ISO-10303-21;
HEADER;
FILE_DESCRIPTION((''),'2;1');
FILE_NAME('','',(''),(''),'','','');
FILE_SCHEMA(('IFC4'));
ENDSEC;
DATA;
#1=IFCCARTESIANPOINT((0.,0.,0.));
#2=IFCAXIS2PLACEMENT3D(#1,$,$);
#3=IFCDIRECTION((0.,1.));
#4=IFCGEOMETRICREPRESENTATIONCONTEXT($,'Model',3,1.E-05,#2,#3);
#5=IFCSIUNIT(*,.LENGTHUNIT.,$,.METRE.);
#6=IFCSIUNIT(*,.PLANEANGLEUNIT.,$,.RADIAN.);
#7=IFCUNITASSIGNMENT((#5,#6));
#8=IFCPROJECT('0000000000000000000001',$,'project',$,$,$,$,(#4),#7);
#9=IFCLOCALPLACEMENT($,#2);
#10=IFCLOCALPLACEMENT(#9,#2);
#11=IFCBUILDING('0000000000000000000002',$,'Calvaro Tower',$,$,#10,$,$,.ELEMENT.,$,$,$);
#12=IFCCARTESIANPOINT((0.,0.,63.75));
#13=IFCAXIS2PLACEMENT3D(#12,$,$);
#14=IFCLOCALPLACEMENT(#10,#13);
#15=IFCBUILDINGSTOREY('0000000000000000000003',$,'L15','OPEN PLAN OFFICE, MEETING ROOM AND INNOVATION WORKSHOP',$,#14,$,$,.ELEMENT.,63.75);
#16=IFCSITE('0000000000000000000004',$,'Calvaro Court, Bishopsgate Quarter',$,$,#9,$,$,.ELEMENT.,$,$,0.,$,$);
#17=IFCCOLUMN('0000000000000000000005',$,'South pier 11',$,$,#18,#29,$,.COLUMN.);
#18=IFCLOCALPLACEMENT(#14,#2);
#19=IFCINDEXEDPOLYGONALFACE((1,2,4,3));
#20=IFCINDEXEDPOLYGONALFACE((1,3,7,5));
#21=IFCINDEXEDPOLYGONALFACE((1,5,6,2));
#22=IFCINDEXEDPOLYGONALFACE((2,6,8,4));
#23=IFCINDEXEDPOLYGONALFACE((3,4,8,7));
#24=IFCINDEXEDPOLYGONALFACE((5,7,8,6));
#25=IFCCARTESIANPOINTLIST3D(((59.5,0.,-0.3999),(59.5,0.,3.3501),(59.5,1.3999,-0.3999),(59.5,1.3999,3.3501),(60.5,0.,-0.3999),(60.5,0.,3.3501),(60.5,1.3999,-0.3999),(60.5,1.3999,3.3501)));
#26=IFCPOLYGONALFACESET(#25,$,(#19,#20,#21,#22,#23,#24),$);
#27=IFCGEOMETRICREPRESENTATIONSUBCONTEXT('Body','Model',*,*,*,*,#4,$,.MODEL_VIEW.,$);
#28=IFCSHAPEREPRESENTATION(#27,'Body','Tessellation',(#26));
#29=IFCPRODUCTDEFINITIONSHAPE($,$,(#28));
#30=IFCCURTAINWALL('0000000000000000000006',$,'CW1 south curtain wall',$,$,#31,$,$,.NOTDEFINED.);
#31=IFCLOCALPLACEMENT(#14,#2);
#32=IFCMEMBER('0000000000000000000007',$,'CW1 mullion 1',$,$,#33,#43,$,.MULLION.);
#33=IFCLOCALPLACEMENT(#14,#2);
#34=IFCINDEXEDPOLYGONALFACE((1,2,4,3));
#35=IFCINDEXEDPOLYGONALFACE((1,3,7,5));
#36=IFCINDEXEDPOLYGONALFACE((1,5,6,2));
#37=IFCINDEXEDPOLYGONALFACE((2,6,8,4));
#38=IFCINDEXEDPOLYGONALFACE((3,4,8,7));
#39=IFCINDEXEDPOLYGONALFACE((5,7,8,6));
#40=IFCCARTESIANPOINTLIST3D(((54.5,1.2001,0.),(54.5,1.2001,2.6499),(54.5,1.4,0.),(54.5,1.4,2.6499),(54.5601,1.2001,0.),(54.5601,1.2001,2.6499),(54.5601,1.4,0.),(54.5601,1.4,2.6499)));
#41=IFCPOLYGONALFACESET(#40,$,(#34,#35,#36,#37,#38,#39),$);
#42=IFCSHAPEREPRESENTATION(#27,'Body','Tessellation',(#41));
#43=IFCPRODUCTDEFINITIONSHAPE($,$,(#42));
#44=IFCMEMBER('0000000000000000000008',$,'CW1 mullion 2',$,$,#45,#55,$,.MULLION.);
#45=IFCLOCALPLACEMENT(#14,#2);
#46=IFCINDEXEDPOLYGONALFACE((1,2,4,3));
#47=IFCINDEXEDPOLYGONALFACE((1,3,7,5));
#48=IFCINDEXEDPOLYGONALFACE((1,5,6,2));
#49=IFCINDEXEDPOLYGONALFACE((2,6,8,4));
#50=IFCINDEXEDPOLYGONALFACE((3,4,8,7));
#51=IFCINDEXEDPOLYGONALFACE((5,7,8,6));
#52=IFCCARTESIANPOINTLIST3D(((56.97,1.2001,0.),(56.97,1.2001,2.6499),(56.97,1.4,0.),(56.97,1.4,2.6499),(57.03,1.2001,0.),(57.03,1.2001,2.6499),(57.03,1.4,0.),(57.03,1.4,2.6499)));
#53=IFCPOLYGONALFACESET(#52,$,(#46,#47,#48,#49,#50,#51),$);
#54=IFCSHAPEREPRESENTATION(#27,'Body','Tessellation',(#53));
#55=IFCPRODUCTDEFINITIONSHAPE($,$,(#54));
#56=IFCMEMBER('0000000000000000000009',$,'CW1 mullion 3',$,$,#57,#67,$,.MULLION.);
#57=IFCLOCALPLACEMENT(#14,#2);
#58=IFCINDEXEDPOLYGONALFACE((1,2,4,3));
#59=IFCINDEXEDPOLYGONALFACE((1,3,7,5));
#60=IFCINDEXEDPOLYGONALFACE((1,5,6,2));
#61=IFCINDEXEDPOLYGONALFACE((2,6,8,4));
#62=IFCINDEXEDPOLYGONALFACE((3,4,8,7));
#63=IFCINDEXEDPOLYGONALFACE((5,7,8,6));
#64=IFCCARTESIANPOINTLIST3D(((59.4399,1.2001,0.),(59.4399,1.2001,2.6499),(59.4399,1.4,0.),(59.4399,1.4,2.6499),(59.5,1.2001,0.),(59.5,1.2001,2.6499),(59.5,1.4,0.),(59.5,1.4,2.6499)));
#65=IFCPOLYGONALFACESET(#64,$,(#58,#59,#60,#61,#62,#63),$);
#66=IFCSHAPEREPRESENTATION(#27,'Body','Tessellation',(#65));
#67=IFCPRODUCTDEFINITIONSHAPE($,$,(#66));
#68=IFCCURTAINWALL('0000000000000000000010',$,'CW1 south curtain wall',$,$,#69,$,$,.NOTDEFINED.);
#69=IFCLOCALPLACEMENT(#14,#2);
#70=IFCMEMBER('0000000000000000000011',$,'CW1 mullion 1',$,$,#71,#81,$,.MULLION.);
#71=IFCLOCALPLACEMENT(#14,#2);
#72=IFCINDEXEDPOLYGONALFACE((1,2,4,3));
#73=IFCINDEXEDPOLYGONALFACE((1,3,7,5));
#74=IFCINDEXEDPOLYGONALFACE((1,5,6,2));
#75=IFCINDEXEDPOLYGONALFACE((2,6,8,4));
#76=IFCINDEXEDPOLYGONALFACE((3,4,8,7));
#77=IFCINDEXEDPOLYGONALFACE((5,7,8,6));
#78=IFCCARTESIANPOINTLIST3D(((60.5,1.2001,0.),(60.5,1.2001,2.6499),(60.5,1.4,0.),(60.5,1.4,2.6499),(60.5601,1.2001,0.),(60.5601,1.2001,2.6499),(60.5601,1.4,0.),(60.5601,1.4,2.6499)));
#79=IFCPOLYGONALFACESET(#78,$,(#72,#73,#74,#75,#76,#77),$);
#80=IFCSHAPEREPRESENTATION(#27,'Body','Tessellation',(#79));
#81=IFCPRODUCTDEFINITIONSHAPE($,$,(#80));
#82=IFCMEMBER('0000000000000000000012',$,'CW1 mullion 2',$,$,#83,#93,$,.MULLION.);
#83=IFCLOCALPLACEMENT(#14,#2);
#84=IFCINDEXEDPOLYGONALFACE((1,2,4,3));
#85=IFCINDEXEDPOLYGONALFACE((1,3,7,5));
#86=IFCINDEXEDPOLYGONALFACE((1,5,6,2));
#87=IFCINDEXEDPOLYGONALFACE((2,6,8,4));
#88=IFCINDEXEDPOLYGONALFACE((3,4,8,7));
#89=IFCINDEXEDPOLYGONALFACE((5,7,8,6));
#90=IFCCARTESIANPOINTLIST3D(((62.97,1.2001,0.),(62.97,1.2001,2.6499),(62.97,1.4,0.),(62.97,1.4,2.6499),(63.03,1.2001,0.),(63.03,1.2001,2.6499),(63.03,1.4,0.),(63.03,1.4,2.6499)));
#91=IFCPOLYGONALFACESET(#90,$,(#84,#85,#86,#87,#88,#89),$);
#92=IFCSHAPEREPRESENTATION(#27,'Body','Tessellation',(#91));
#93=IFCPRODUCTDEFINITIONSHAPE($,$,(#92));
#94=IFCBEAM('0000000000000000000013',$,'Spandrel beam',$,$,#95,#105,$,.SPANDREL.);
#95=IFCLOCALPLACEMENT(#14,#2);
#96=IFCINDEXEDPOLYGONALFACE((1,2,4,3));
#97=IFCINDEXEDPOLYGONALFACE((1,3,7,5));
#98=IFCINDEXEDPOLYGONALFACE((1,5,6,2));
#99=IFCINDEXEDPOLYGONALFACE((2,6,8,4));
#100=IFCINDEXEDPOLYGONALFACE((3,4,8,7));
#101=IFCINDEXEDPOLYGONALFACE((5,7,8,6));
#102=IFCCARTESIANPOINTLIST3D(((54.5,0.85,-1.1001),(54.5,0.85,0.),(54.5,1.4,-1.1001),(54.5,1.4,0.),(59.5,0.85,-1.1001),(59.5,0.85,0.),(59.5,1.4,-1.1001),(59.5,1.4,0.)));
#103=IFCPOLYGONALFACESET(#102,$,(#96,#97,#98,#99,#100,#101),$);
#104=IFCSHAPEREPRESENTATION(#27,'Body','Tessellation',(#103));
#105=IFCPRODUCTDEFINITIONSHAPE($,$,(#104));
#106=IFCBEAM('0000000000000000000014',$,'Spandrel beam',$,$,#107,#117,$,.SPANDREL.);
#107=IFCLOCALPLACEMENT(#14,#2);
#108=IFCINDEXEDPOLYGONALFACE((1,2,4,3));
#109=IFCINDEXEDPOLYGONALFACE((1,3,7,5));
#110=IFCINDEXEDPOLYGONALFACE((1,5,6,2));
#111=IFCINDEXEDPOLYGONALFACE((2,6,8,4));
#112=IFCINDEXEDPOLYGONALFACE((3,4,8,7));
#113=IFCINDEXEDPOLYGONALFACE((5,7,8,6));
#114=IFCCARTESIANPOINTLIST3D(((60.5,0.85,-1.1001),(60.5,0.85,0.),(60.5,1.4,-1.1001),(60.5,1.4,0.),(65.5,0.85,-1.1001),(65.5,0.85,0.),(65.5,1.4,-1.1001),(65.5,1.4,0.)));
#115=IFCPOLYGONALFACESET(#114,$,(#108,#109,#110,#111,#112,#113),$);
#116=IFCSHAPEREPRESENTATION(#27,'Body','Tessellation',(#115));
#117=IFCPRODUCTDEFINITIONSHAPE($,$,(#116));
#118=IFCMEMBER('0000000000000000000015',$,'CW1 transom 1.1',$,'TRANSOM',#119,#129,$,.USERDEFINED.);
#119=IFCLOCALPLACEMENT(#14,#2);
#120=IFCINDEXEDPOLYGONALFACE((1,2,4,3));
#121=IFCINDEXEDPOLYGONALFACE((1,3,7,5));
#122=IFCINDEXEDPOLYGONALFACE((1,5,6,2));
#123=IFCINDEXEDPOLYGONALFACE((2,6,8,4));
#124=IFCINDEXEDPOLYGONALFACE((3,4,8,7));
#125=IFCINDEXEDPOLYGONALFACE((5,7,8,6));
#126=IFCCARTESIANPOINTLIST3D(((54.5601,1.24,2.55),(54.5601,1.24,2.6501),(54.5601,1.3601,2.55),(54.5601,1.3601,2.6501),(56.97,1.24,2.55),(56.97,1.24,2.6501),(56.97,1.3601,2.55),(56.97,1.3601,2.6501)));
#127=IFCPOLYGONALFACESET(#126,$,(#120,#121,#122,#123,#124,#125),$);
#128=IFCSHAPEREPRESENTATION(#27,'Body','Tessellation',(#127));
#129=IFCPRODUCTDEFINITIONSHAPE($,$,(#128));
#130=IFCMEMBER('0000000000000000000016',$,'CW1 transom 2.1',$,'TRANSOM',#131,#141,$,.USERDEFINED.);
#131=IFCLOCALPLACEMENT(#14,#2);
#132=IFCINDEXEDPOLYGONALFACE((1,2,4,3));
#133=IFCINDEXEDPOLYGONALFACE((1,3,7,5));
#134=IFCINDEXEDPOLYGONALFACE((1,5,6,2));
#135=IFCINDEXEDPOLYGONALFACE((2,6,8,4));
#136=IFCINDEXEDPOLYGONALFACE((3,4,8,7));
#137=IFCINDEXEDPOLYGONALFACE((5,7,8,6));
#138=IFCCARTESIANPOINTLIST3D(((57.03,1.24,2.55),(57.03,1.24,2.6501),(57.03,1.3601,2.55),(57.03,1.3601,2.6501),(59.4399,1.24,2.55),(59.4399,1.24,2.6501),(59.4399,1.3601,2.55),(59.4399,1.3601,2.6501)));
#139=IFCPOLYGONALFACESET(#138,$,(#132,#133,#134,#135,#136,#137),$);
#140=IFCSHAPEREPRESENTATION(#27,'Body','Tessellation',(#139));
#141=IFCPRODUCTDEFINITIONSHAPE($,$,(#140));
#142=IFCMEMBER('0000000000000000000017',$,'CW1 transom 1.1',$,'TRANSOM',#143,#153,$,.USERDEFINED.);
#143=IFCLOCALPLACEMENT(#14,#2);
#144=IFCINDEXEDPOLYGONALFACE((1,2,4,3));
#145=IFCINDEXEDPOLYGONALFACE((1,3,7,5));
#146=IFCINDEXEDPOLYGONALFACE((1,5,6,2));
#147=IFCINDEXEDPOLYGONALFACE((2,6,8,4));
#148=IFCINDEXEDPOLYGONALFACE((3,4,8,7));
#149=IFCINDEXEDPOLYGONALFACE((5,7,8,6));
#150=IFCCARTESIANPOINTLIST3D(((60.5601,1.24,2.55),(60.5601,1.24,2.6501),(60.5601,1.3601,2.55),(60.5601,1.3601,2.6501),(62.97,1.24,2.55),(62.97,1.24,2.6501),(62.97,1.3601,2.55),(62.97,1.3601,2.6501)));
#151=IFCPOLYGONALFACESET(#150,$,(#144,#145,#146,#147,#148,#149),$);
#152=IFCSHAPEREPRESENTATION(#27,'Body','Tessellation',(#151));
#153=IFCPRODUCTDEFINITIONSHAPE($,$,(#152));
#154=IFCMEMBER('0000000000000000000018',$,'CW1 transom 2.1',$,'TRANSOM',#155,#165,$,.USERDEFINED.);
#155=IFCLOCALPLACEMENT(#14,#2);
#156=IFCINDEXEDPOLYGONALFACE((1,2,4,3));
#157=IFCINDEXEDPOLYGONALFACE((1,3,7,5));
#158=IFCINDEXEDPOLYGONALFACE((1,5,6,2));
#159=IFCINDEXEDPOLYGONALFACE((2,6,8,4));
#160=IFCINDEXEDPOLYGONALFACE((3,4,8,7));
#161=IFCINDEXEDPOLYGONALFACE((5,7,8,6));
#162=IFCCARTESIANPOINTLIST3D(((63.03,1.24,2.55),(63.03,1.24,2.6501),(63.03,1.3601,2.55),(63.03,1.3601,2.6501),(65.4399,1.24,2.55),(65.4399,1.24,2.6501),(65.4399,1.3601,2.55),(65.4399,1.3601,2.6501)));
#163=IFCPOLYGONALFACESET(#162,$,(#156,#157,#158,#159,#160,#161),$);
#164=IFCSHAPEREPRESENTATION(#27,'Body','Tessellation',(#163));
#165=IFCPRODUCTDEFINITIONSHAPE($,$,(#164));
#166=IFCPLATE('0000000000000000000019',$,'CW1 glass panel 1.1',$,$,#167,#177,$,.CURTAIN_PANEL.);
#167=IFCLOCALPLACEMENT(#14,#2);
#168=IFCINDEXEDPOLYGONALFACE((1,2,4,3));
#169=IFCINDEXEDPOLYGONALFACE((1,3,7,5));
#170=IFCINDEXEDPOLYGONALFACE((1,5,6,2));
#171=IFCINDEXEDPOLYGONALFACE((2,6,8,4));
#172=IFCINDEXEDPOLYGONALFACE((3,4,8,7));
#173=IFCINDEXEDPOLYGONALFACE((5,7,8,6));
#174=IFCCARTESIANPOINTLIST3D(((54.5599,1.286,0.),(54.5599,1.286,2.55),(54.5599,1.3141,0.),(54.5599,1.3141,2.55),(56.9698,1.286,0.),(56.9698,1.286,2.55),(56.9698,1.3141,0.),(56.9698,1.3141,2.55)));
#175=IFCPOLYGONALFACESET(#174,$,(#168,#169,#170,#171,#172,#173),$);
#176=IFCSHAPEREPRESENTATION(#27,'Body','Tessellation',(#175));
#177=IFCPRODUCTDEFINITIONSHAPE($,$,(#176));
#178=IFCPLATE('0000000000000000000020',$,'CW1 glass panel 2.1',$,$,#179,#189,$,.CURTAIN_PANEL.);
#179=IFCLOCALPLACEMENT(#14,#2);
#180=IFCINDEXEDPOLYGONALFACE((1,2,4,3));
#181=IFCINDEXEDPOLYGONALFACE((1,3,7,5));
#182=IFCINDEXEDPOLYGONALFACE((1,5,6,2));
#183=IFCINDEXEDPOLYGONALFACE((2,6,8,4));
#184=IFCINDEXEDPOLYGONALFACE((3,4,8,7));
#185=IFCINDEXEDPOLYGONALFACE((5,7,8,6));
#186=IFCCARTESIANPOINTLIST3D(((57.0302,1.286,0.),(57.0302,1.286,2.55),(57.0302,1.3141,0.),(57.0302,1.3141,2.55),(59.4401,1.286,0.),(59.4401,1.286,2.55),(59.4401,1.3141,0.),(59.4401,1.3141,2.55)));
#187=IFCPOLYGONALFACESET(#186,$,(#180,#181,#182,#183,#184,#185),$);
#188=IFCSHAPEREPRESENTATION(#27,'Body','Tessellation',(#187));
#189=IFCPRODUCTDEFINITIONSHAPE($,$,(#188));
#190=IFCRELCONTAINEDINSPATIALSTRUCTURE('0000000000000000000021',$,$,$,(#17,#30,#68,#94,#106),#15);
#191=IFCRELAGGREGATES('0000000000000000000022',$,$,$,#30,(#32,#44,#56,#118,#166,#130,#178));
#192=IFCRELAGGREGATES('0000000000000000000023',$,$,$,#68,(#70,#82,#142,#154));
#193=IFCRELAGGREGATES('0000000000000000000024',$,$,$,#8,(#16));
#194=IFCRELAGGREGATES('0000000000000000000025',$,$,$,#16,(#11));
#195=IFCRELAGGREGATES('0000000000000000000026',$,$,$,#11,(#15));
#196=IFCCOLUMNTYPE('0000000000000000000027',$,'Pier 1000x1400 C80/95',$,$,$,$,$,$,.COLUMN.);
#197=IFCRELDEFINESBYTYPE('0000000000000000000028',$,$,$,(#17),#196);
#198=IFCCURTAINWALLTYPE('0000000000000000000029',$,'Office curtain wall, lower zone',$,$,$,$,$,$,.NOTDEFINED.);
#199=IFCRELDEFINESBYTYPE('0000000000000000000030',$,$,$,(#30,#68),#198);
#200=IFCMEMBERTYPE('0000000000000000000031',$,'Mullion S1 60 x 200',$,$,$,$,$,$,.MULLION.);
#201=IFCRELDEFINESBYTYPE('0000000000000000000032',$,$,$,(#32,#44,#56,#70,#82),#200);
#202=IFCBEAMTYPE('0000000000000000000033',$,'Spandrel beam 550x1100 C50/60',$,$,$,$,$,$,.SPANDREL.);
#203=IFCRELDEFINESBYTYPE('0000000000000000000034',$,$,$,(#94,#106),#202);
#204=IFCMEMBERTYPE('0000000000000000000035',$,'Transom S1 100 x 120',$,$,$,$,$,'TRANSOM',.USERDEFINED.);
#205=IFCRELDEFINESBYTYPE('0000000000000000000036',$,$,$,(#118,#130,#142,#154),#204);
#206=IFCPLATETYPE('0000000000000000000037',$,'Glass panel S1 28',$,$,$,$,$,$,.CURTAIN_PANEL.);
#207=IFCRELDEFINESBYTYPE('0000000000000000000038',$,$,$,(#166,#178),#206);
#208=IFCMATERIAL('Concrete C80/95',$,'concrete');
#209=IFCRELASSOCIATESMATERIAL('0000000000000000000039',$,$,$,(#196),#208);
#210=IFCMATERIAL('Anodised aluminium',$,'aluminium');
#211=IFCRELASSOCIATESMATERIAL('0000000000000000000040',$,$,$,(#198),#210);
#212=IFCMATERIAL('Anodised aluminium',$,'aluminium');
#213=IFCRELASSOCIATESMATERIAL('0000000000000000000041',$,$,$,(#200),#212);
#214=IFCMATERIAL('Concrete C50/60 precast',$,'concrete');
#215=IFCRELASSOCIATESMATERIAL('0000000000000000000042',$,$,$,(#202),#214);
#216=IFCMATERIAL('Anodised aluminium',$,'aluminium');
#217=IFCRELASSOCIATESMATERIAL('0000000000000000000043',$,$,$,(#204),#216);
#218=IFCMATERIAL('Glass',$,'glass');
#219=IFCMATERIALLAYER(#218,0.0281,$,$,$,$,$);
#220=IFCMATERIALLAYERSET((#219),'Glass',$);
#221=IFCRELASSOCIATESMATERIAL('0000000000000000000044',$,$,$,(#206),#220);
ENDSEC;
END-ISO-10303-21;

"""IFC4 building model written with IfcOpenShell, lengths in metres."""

from ifc_helpers import new_model, si_unit, direction, frame, origin, origin_2d, place, context, subcontext, project, spatial, rectangle, extrude, material, layer, layer_set, material_profile, profile_set, type_object, element, aggregate, save


model = new_model("IFC4")

# Units and contexts
model_context = context("Model", 3, precision=1e-05, world=origin(), true_north=direction((0.0, 1.0)))
body_context = subcontext(model_context, "Body", "Model", "MODEL_VIEW")
ifc_project = project(units=[si_unit("LENGTHUNIT", "METRE"), si_unit("PLANEANGLEUNIT", "RADIAN")], contexts=[model_context])

# Site, building, storey
site_placement = place(None, origin())
site = spatial("IfcSite", under=ifc_project, at=site_placement, Name="Calvaro Court, Bishopsgate Quarter", CompositionType="ELEMENT", RefElevation=0.0)
building_placement = place(site_placement, origin())
building = spatial("IfcBuilding", under=site, at=building_placement, Name="Calvaro Tower", CompositionType="ELEMENT")
storey_placement = place(building_placement, frame((0.0, 0.0, 63.75)))
storey = spatial("IfcBuildingStorey", under=building, at=storey_placement, Name="L15", Description="OPEN PLAN OFFICE, MEETING ROOM AND INNOVATION WORKSHOP", CompositionType="ELEMENT", Elevation=63.75)

# Column
ifc_material_1 = material(Name="Concrete C80/95", Category="concrete")
ifc_material_profile_1 = material_profile(ifc_material_1, rectangle(XDim=1.0, YDim=1.3999, at=origin_2d()), Name="RC 1000x1400")
ifc_profile_set_1 = profile_set([ifc_material_profile_1], Name="Concrete C80/95")
column_type = type_object("IfcColumnType", Name="Pier 1000x1400 C80/95", PredefinedType="COLUMN", material=ifc_profile_set_1)
column_placement = place(storey_placement, frame((60.0, 0.7, -0.3999), z_axis=(0.0, 0.0, 1.0), x_axis=(1.0, 0.0, 0.0)))
element("IfcColumn", 1, at=column_placement, inside=storey, type_object=column_type, Name="South pier 11", PredefinedType="COLUMN", context=body_context, shape_type="SweptSolid", body=[
    extrude(rectangle(XDim=1.0, YDim=1.3999, at=origin_2d()), origin(), (0.0, 0.0, 1.0), 3.75),
])

# Curtain walls, members
ifc_material_2 = material(Name="Anodised aluminium", Category="aluminium")
curtain_wall_type = type_object("IfcCurtainWallType", Name="Office curtain wall, lower zone", PredefinedType="NOTDEFINED", material=ifc_material_2)
curtain_wall_1_placement = place(storey_placement, origin())
curtain_wall_1 = element("IfcCurtainWall", 2, at=curtain_wall_1_placement, inside=storey, type_object=curtain_wall_type, Name="CW1 south curtain wall", PredefinedType="NOTDEFINED")
ifc_material_3 = material(Name="Anodised aluminium", Category="aluminium")
ifc_material_profile_2 = material_profile(ifc_material_3, rectangle(XDim=0.2, YDim=0.0601, at=origin_2d()), Name="Mullion S1 60 x 200")
ifc_profile_set_2 = profile_set([ifc_material_profile_2], Name="Anodised aluminium")
member_type_1 = type_object("IfcMemberType", Name="Mullion S1 60 x 200", PredefinedType="MULLION", material=ifc_profile_set_2)
member_1_placement = place(storey_placement, frame((54.53, 1.3, 0.0), z_axis=(0.0, 0.0, 1.0), x_axis=(0.0, 1.0, 0.0)))
member_1 = element("IfcMember", 3, at=member_1_placement, type_object=member_type_1, Name="CW1 mullion 1", PredefinedType="MULLION", context=body_context, shape_type="SweptSolid", body=[
    extrude(rectangle(XDim=0.2, YDim=0.0601, at=origin_2d()), origin(), (0.0, 0.0, 1.0), 2.6499),
])
member_2_placement = place(storey_placement, frame((57.0, 1.3, 0.0), z_axis=(0.0, 0.0, 1.0), x_axis=(0.0, 1.0, 0.0)))
member_2 = element("IfcMember", 4, at=member_2_placement, type_object=member_type_1, Name="CW1 mullion 2", PredefinedType="MULLION", context=body_context, shape_type="SweptSolid", body=[
    extrude(rectangle(XDim=0.2, YDim=0.0601, at=origin_2d()), origin(), (0.0, 0.0, 1.0), 2.6499),
])
member_3_placement = place(storey_placement, frame((59.47, 1.3, 0.0), z_axis=(0.0, 0.0, 1.0), x_axis=(0.0, 1.0, 0.0)))
member_3 = element("IfcMember", 5, at=member_3_placement, type_object=member_type_1, Name="CW1 mullion 3", PredefinedType="MULLION", context=body_context, shape_type="SweptSolid", body=[
    extrude(rectangle(XDim=0.2, YDim=0.0601, at=origin_2d()), origin(), (0.0, 0.0, 1.0), 2.6499),
])
curtain_wall_2_placement = place(storey_placement, origin())
curtain_wall_2 = element("IfcCurtainWall", 6, at=curtain_wall_2_placement, inside=storey, type_object=curtain_wall_type, Name="CW1 south curtain wall", PredefinedType="NOTDEFINED")
member_4_placement = place(storey_placement, frame((60.53, 1.3, 0.0), z_axis=(0.0, 0.0, 1.0), x_axis=(0.0, 1.0, 0.0)))
member_4 = element("IfcMember", 7, at=member_4_placement, type_object=member_type_1, Name="CW1 mullion 1", PredefinedType="MULLION", context=body_context, shape_type="SweptSolid", body=[
    extrude(rectangle(XDim=0.2, YDim=0.0601, at=origin_2d()), origin(), (0.0, 0.0, 1.0), 2.6499),
])
member_5_placement = place(storey_placement, frame((63.0, 1.3, 0.0), z_axis=(0.0, 0.0, 1.0), x_axis=(0.0, 1.0, 0.0)))
member_5 = element("IfcMember", 8, at=member_5_placement, type_object=member_type_1, Name="CW1 mullion 2", PredefinedType="MULLION", context=body_context, shape_type="SweptSolid", body=[
    extrude(rectangle(XDim=0.2, YDim=0.0601, at=origin_2d()), origin(), (0.0, 0.0, 1.0), 2.6499),
])

# Beams
ifc_material_4 = material(Name="Concrete C50/60 precast", Category="concrete")
ifc_material_profile_3 = material_profile(ifc_material_4, rectangle(XDim=0.55, YDim=1.1001, at=origin_2d()), Name="RC 550x1100")
ifc_profile_set_3 = profile_set([ifc_material_profile_3], Name="Concrete C50/60 precast")
beam_type = type_object("IfcBeamType", Name="Spandrel beam 550x1100 C50/60", PredefinedType="SPANDREL", material=ifc_profile_set_3)
for number, where, z_axis, x_axis, name in (
    (9, (54.5, 1.125, -0.55), (1.0, 0.0, 0.0), (0.0, 1.0, 0.0), "Spandrel beam"),
    (10, (60.5, 1.125, -0.55), (1.0, 0.0, 0.0), (0.0, 1.0, 0.0), "Spandrel beam"),
):
    element("IfcBeam", number, at=place(storey_placement, frame(where, z_axis=z_axis, x_axis=x_axis)), inside=storey, type_object=beam_type, Name=name, PredefinedType="SPANDREL", context=body_context, shape_type="SweptSolid", body=[
        extrude(rectangle(XDim=0.55, YDim=1.1001, at=origin_2d()), origin(), (0.0, 0.0, 1.0), 5.0),
    ])

# Members
ifc_material_5 = material(Name="Anodised aluminium", Category="aluminium")
ifc_material_profile_4 = material_profile(ifc_material_5, rectangle(XDim=0.1201, YDim=0.1001, at=origin_2d()), Name="Transom S1 100 x 120")
ifc_profile_set_4 = profile_set([ifc_material_profile_4], Name="Anodised aluminium")
member_type_2 = type_object("IfcMemberType", Name="Transom S1 100 x 120", ElementType="TRANSOM", PredefinedType="USERDEFINED", material=ifc_profile_set_4)
member_6_placement = place(storey_placement, frame((54.5601, 1.3, 2.6001), z_axis=(1.0, 0.0, 0.0), x_axis=(0.0, 1.0, 0.0)))
member_6 = element("IfcMember", 11, at=member_6_placement, type_object=member_type_2, Name="CW1 transom 1.1", ObjectType="TRANSOM", PredefinedType="USERDEFINED", context=body_context, shape_type="SweptSolid", body=[
    extrude(rectangle(XDim=0.1201, YDim=0.1001, at=origin_2d()), origin(), (0.0, 0.0, 1.0), 2.4099),
])
member_7_placement = place(storey_placement, frame((57.03, 1.3, 2.6001), z_axis=(1.0, 0.0, 0.0), x_axis=(0.0, 1.0, 0.0)))
member_7 = element("IfcMember", 12, at=member_7_placement, type_object=member_type_2, Name="CW1 transom 2.1", ObjectType="TRANSOM", PredefinedType="USERDEFINED", context=body_context, shape_type="SweptSolid", body=[
    extrude(rectangle(XDim=0.1201, YDim=0.1001, at=origin_2d()), origin(), (0.0, 0.0, 1.0), 2.4099),
])
member_8_placement = place(storey_placement, frame((60.5601, 1.3, 2.6001), z_axis=(1.0, 0.0, 0.0), x_axis=(0.0, 1.0, 0.0)))
member_8 = element("IfcMember", 13, at=member_8_placement, type_object=member_type_2, Name="CW1 transom 1.1", ObjectType="TRANSOM", PredefinedType="USERDEFINED", context=body_context, shape_type="SweptSolid", body=[
    extrude(rectangle(XDim=0.1201, YDim=0.1001, at=origin_2d()), origin(), (0.0, 0.0, 1.0), 2.4099),
])
member_9_placement = place(storey_placement, frame((63.03, 1.3, 2.6001), z_axis=(1.0, 0.0, 0.0), x_axis=(0.0, 1.0, 0.0)))
member_9 = element("IfcMember", 14, at=member_9_placement, type_object=member_type_2, Name="CW1 transom 2.1", ObjectType="TRANSOM", PredefinedType="USERDEFINED", context=body_context, shape_type="SweptSolid", body=[
    extrude(rectangle(XDim=0.1201, YDim=0.1001, at=origin_2d()), origin(), (0.0, 0.0, 1.0), 2.4099),
])

# Plates
ifc_material_6 = material(Name="Glass", Category="glass")
ifc_layer_1 = layer(ifc_material_6, 0.0281)
ifc_layer_set_1 = layer_set([ifc_layer_1], Name="Glass")
plate_type = type_object("IfcPlateType", Name="Glass panel S1 28", PredefinedType="CURTAIN_PANEL", material=ifc_layer_set_1)
plate_1_placement = place(storey_placement, frame((55.7649, 1.3, 0.0), z_axis=(0.0, 0.0, 1.0), x_axis=(1.0, 0.0, 0.0)))
plate_1 = element("IfcPlate", 15, at=plate_1_placement, type_object=plate_type, Name="CW1 glass panel 1.1", PredefinedType="CURTAIN_PANEL", context=body_context, shape_type="SweptSolid", body=[
    extrude(rectangle(XDim=2.4099, YDim=0.0281, at=origin_2d()), origin(), (0.0, 0.0, 1.0), 2.55),
])
plate_2_placement = place(storey_placement, frame((58.2351, 1.3, 0.0), z_axis=(0.0, 0.0, 1.0), x_axis=(1.0, 0.0, 0.0)))
plate_2 = element("IfcPlate", 16, at=plate_2_placement, type_object=plate_type, Name="CW1 glass panel 2.1", PredefinedType="CURTAIN_PANEL", context=body_context, shape_type="SweptSolid", body=[
    extrude(rectangle(XDim=2.4099, YDim=0.0281, at=origin_2d()), origin(), (0.0, 0.0, 1.0), 2.55),
])
aggregate(curtain_wall_1, [member_1, member_2, member_3, member_6, plate_1, member_7, plate_2])
aggregate(curtain_wall_2, [member_4, member_5, member_8, member_9])

save(model, "model.ifc")
